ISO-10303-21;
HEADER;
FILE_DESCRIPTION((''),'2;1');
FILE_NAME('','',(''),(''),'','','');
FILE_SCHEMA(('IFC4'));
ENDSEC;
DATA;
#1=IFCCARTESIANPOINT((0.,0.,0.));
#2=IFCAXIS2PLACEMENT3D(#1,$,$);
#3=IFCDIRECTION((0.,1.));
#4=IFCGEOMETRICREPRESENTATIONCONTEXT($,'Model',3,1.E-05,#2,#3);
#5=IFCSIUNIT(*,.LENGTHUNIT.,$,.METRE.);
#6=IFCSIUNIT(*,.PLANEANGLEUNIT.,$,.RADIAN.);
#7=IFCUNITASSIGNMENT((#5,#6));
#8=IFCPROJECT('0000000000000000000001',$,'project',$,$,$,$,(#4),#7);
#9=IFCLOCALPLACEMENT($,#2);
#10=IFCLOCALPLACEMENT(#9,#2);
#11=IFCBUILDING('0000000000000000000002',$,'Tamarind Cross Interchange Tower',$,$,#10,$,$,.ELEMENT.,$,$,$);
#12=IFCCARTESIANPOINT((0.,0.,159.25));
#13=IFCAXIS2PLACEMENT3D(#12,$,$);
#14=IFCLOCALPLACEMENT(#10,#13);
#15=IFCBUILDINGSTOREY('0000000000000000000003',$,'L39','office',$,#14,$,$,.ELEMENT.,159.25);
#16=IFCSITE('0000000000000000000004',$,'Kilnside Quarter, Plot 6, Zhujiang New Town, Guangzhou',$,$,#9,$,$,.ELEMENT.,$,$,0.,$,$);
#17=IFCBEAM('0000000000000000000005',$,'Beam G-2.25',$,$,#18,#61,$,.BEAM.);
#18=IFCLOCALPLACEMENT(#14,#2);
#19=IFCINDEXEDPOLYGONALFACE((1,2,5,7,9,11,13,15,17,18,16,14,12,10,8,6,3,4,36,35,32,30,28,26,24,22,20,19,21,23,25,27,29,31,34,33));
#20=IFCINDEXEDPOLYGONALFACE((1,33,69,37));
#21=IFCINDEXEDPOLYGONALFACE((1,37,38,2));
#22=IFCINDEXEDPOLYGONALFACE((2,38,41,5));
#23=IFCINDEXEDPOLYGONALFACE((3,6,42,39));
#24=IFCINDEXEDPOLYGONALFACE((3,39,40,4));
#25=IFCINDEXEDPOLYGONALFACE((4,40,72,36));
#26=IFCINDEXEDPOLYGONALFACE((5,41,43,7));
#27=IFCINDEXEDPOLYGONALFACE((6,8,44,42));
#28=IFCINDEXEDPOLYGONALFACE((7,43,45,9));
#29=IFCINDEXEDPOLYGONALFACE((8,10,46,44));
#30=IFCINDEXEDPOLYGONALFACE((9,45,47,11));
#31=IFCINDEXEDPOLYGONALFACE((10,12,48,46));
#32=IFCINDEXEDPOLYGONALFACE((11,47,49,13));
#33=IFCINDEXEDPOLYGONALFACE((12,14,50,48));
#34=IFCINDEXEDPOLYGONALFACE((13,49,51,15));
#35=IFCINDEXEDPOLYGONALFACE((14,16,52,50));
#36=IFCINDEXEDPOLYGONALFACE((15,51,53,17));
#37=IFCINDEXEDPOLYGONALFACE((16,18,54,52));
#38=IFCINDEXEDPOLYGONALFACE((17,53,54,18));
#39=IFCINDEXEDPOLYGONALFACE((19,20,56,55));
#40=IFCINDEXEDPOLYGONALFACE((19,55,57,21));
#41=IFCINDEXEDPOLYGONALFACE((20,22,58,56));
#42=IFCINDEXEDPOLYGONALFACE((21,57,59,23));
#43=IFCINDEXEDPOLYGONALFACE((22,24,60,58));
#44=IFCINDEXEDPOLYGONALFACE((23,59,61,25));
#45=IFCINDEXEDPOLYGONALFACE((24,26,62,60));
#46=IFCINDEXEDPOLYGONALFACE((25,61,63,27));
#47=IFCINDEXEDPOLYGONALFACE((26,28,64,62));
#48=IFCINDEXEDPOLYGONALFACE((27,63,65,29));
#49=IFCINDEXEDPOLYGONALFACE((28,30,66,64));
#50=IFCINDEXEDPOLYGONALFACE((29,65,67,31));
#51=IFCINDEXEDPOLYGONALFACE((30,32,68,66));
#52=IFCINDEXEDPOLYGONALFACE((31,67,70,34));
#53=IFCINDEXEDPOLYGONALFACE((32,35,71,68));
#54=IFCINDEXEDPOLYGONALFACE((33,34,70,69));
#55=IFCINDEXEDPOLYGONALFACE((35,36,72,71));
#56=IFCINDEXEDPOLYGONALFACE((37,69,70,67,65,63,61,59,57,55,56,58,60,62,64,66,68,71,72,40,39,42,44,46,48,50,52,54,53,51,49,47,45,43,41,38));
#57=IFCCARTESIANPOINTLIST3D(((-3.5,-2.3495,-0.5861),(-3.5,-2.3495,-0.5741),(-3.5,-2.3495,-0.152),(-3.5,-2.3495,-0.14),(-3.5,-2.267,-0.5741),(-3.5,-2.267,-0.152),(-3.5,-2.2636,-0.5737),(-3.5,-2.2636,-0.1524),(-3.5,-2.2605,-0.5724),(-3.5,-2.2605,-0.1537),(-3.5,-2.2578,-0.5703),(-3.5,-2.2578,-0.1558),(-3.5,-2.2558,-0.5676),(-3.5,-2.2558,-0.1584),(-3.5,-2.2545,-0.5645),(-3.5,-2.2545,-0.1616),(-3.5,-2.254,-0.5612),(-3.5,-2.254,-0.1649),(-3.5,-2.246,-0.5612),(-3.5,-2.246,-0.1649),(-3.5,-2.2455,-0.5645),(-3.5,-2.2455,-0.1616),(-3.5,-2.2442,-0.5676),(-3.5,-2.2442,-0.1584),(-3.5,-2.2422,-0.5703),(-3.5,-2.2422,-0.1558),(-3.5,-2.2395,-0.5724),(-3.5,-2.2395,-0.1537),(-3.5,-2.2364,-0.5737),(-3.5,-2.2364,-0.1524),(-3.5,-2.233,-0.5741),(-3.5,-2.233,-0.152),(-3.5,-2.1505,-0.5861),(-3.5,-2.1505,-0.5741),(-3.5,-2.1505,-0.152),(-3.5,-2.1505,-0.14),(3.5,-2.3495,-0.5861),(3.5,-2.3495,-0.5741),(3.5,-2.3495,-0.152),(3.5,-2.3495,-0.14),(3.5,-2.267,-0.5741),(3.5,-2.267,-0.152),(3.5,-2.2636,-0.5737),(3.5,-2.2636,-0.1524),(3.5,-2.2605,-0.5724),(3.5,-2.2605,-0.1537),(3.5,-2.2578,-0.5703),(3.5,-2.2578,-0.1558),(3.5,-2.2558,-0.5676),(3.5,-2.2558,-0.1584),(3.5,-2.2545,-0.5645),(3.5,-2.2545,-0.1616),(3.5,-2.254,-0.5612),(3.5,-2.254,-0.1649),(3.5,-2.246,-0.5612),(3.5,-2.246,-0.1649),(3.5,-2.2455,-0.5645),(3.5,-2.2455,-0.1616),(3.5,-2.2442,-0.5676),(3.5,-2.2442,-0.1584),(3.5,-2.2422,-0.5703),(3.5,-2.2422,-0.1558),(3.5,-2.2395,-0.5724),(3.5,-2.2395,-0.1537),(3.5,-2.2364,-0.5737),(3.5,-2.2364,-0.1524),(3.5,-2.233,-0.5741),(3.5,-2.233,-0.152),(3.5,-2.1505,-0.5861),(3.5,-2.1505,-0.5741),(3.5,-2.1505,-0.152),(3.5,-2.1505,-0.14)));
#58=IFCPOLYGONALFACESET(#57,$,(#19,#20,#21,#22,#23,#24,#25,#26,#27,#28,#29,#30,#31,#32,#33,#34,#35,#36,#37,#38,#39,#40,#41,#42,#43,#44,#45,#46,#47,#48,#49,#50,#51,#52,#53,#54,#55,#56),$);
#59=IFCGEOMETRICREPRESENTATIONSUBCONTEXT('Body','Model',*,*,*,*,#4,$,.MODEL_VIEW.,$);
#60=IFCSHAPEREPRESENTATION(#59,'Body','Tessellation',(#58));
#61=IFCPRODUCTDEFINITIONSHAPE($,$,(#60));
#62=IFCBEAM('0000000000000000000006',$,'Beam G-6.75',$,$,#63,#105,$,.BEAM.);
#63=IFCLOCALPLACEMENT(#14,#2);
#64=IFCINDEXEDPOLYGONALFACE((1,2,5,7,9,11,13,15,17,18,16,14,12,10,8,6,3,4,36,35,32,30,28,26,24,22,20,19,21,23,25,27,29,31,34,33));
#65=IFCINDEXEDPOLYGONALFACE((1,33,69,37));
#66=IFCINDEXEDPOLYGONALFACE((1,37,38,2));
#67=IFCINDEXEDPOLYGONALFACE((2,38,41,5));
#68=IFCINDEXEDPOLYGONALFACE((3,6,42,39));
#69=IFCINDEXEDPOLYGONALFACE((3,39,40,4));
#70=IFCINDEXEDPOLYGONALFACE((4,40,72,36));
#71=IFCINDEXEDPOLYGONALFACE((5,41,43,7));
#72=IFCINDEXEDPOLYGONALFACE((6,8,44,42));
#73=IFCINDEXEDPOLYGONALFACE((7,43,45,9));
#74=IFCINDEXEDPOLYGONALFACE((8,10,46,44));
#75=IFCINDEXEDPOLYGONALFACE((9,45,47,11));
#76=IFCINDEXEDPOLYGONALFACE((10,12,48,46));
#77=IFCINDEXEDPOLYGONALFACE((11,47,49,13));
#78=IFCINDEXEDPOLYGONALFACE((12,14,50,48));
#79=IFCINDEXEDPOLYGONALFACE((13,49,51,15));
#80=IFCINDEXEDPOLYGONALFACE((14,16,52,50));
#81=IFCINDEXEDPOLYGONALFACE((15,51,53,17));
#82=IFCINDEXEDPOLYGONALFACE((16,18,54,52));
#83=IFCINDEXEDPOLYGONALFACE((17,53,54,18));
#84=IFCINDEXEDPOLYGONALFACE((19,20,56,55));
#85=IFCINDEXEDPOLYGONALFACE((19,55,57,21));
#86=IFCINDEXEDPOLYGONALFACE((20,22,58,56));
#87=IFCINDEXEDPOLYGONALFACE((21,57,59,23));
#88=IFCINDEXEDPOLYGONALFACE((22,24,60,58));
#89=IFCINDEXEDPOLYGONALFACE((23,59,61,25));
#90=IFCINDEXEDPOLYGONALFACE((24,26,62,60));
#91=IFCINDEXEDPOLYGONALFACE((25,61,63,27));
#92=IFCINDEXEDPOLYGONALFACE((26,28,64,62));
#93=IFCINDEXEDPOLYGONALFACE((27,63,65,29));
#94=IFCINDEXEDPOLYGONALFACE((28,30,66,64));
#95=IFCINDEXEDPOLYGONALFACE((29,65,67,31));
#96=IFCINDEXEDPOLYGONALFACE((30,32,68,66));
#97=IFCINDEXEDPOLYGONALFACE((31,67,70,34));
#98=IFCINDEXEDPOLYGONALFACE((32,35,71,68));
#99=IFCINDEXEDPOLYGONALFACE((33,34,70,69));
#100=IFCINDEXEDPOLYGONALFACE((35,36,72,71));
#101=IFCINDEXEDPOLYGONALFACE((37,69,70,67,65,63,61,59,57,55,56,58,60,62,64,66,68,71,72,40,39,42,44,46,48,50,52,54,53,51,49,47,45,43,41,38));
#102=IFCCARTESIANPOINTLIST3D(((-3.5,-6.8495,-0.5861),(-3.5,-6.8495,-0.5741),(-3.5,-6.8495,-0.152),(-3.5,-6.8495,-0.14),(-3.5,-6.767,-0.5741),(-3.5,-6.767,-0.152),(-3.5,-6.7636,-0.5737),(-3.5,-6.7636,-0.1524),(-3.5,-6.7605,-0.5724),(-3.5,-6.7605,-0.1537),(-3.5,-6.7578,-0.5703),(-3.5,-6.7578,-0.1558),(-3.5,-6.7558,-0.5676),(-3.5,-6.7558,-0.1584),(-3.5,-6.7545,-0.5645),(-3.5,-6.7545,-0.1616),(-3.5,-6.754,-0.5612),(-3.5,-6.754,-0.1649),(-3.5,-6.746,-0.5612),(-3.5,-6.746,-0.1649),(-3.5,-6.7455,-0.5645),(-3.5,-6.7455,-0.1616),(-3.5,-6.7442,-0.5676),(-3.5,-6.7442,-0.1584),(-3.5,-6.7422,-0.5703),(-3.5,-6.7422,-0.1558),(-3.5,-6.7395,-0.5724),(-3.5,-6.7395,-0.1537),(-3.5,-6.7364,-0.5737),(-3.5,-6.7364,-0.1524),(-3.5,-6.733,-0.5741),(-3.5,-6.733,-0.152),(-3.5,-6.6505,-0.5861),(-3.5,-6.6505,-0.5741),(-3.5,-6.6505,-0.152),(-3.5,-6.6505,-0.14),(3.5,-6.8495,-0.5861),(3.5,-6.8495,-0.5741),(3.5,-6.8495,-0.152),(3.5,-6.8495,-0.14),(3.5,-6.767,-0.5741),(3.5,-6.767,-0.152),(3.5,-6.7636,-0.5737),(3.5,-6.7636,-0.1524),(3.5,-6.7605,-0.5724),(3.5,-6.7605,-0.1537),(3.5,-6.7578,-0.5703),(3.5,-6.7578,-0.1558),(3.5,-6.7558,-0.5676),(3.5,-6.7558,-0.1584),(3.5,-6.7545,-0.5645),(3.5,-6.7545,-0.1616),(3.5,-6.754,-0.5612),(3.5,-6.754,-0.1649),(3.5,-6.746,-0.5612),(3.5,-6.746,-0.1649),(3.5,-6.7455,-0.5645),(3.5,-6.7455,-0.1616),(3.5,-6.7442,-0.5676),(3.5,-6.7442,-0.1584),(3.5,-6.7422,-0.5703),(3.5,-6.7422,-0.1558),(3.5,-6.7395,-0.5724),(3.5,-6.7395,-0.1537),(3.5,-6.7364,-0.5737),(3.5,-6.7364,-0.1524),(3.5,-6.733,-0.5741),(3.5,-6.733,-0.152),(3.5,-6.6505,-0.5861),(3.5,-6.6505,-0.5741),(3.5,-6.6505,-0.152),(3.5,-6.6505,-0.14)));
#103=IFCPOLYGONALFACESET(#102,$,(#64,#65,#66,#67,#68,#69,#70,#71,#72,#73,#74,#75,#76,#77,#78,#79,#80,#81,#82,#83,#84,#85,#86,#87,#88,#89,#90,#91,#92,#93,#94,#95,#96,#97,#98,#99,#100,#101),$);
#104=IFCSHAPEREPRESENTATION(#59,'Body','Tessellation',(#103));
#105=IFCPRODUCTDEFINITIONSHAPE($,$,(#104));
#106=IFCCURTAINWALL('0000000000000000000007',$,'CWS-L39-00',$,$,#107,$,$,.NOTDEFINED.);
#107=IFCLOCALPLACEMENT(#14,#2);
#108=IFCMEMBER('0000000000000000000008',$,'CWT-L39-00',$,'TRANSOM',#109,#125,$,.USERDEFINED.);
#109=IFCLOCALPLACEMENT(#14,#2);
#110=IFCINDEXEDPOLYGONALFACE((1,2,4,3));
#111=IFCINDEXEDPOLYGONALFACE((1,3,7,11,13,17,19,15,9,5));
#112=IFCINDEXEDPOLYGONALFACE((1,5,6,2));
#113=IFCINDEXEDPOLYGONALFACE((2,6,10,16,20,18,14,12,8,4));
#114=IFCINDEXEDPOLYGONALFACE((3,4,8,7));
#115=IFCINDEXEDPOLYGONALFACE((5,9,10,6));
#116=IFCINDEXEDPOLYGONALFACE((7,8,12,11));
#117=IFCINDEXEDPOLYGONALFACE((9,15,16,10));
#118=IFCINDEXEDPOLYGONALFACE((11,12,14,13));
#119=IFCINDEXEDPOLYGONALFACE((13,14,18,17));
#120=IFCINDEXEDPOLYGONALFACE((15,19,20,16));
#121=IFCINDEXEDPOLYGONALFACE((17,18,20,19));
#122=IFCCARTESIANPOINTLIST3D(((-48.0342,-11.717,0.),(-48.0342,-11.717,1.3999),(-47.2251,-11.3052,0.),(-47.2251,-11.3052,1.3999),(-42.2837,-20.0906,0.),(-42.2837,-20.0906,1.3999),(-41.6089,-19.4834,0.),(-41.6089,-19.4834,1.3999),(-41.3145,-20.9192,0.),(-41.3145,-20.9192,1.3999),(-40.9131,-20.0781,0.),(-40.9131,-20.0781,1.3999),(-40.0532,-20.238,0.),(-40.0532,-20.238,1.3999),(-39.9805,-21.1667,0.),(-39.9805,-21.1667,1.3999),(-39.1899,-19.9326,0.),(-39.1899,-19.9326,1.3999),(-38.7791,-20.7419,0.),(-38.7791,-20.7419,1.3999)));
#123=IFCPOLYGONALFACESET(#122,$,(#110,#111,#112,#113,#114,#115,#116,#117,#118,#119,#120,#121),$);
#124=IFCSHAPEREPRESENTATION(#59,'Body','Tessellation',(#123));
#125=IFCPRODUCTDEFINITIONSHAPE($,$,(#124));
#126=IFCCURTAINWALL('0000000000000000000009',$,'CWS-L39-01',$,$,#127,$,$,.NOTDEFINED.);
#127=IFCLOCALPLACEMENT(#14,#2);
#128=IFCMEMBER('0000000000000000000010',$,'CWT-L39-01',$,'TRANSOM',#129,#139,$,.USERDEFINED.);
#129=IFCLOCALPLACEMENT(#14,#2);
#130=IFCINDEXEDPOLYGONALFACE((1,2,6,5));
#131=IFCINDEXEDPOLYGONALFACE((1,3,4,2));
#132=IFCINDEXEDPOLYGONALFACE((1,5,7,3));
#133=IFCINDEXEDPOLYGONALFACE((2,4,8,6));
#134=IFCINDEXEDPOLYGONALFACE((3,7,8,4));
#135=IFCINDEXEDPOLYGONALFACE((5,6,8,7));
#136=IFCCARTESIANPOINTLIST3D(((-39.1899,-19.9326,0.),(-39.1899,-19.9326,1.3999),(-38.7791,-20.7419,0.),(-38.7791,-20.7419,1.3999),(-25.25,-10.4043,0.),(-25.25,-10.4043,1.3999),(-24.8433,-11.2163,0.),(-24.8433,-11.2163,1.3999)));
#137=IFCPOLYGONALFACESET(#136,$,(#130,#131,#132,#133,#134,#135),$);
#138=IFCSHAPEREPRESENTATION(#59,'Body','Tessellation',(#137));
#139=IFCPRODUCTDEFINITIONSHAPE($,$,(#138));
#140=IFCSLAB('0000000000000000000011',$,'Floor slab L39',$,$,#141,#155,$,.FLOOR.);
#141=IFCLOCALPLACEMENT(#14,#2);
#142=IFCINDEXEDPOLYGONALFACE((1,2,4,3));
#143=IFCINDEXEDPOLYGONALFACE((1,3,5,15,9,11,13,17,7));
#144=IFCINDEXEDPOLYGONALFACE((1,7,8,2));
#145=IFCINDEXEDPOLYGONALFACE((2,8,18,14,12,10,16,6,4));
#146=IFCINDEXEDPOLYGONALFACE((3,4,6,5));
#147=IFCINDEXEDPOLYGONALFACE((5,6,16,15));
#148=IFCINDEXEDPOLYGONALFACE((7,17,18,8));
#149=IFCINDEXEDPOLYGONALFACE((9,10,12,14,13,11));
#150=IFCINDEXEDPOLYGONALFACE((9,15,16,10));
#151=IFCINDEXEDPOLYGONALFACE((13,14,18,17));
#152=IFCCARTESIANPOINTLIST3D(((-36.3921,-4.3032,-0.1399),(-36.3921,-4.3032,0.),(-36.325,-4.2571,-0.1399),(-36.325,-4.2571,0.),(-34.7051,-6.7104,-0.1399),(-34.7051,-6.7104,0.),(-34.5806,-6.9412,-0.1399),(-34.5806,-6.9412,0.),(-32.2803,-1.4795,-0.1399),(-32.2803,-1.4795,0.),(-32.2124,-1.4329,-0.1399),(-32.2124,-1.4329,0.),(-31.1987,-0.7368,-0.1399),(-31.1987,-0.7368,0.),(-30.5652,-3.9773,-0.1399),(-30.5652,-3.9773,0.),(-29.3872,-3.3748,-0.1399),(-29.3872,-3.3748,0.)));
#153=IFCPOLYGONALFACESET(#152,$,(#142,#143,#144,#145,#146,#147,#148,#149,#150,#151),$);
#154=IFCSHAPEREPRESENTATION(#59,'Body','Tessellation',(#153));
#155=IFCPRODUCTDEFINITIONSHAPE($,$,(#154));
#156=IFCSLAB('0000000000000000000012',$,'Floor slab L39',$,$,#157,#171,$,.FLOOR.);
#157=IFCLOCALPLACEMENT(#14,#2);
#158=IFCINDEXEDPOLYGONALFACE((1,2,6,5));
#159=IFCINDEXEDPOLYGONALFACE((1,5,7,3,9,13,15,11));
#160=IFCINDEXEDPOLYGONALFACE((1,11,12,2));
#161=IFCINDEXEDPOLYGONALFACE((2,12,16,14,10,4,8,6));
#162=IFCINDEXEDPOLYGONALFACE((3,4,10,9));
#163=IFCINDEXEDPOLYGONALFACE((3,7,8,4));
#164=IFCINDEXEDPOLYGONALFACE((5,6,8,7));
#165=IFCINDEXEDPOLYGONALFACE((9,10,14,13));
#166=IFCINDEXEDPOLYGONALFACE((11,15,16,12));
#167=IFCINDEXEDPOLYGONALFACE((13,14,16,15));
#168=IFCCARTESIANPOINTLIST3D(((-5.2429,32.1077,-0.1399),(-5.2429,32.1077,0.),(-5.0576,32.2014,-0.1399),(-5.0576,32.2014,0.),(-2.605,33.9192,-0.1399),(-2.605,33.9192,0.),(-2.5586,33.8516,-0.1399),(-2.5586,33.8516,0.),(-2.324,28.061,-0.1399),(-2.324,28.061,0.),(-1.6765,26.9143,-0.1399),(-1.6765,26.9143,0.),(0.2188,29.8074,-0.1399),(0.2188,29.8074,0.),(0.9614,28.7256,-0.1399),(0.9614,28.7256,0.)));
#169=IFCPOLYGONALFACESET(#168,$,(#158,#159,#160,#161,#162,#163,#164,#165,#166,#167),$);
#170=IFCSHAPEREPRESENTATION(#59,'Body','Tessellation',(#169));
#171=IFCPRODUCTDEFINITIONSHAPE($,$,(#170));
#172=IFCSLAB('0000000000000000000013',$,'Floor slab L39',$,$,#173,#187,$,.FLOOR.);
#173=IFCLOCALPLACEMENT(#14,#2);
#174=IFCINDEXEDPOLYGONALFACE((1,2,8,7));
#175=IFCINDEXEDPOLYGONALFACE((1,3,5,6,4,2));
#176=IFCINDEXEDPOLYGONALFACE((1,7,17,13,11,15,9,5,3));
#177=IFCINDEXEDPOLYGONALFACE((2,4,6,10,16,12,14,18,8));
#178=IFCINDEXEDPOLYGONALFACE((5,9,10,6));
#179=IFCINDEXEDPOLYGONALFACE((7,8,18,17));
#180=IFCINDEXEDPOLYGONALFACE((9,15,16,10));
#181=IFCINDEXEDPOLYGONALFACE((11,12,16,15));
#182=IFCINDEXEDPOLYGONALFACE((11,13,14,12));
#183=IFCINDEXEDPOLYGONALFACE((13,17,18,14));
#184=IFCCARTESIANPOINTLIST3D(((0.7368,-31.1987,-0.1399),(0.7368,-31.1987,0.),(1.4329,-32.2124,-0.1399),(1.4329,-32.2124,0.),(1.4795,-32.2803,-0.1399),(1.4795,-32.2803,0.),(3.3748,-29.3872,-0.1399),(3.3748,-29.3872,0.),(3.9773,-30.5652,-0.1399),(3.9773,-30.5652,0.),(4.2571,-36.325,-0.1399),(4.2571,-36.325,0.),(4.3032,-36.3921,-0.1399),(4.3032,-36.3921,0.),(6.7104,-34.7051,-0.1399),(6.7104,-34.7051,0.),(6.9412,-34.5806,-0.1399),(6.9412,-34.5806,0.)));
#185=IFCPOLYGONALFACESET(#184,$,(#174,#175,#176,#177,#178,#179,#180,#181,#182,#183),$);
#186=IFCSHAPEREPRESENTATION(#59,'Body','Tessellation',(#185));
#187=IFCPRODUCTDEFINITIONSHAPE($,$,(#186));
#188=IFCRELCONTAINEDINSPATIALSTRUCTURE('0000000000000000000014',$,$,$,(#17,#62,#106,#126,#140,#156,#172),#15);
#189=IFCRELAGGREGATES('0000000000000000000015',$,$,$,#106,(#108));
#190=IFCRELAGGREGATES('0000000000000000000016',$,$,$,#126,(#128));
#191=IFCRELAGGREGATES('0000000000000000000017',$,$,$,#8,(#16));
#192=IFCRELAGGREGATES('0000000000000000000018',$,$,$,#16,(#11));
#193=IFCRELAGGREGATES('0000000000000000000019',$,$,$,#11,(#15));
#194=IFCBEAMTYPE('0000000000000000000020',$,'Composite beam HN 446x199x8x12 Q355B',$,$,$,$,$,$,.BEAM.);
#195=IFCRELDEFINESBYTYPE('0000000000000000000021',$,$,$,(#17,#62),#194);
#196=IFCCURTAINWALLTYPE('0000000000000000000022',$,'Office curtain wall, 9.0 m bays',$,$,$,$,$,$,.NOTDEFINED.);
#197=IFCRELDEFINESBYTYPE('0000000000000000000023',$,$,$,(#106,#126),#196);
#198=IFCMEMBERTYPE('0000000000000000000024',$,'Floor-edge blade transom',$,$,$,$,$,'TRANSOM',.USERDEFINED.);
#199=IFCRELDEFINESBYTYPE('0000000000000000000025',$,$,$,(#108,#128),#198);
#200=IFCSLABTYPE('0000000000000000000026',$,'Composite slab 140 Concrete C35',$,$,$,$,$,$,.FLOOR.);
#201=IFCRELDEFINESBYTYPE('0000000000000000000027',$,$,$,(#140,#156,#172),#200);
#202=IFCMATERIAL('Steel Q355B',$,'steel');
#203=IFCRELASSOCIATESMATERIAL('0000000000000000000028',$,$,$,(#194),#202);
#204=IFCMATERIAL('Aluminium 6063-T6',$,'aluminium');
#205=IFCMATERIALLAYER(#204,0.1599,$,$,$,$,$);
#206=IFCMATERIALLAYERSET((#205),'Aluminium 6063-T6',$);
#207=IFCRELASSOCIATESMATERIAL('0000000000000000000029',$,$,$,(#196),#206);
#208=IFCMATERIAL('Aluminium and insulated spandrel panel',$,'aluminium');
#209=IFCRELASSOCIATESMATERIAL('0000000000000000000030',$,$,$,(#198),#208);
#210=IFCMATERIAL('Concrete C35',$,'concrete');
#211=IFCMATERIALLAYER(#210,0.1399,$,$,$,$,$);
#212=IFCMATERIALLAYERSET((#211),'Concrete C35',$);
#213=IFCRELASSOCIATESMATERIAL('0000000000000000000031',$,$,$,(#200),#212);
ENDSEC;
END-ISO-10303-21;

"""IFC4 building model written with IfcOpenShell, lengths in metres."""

from ifc_helpers import new_model, si_unit, direction, frame, origin, origin_2d, place, context, subcontext, project, spatial, polyline, i_section, outline, extrude, material, layer, layer_set, material_profile, profile_set, type_object, element, aggregate, save


model = new_model("IFC4")

# Units and contexts
model_context = context("Model", 3, precision=1e-05, world=origin(), true_north=direction((0.0, 1.0)))
body_context = subcontext(model_context, "Body", "Model", "MODEL_VIEW")
ifc_project = project(units=[si_unit("LENGTHUNIT", "METRE"), si_unit("PLANEANGLEUNIT", "RADIAN")], contexts=[model_context])

# Site, building, storey
site_placement = place(None, origin())
site = spatial("IfcSite", under=ifc_project, at=site_placement, Name="Kilnside Quarter, Plot 6, Zhujiang New Town, Guangzhou", CompositionType="ELEMENT", RefElevation=0.0)
building_placement = place(site_placement, origin())
building = spatial("IfcBuilding", under=site, at=building_placement, Name="Tamarind Cross Interchange Tower", CompositionType="ELEMENT")
storey_placement = place(building_placement, frame((0.0, 0.0, 159.25)))
storey = spatial("IfcBuildingStorey", under=building, at=storey_placement, Name="L39", Description="office", CompositionType="ELEMENT", Elevation=159.25)

# Beams
ifc_material_1 = material(Name="Steel Q355B", Category="steel")
ifc_material_profile = material_profile(ifc_material_1, i_section(OverallWidth=0.199, OverallDepth=0.446, WebThickness=0.0081, FlangeThickness=0.012, FilletRadius=0.0129, at=origin_2d()), Name="HN 446x199x8x12")
ifc_profile_set = profile_set([ifc_material_profile], Name="Steel Q355B")
beam_type = type_object("IfcBeamType", Name="Composite beam HN 446x199x8x12 Q355B", PredefinedType="BEAM", material=ifc_profile_set)
for number, where, z_axis, x_axis, name in (
    (1, (-3.5, -2.25, -0.363), (1.0, 0.0, 0.0), (0.0, 1.0, 0.0), "Beam G-2.25"),
    (2, (-3.5, -6.75, -0.363), (1.0, 0.0, 0.0), (0.0, 1.0, 0.0), "Beam G-6.75"),
):
    element("IfcBeam", number, at=place(storey_placement, frame(where, z_axis=z_axis, x_axis=x_axis)), inside=storey, type_object=beam_type, Name=name, PredefinedType="BEAM", context=body_context, shape_type="SweptSolid", body=[
        extrude(i_section(OverallWidth=0.199, OverallDepth=0.446, WebThickness=0.0081, FlangeThickness=0.012, FilletRadius=0.0129, at=origin_2d()), origin(), (0.0, 0.0, 1.0), 7.0),
    ])

# Curtain walls, members
ifc_material_2 = material(Name="Aluminium 6063-T6", Category="aluminium")
ifc_layer_1 = layer(ifc_material_2, 0.1599)
ifc_layer_set_1 = layer_set([ifc_layer_1], Name="Aluminium 6063-T6")
curtain_wall_type = type_object("IfcCurtainWallType", Name="Office curtain wall, 9.0 m bays", PredefinedType="NOTDEFINED", material=ifc_layer_set_1)
curtain_wall_1_placement = place(storey_placement, origin())
curtain_wall_1 = element("IfcCurtainWall", 3, at=curtain_wall_1_placement, inside=storey, type_object=curtain_wall_type, Name="CWS-L39-00", PredefinedType="NOTDEFINED")
ifc_material_3 = material(Name="Aluminium and insulated spandrel panel", Category="aluminium")
member_type = type_object("IfcMemberType", Name="Floor-edge blade transom", ElementType="TRANSOM", PredefinedType="USERDEFINED", material=ifc_material_3)
member_1_placement = place(storey_placement, origin())
member_1 = element("IfcMember", 4, at=member_1_placement, type_object=member_type, Name="CWT-L39-00", ObjectType="TRANSOM", PredefinedType="USERDEFINED", context=body_context, shape_type="SweptSolid", body=[
    extrude(outline(polyline([(-47.2251, -11.3052), (-41.6089, -19.4834), (-40.9131, -20.0781), (-40.0532, -20.238), (-39.1899, -19.9326), (-38.7791, -20.7419), (-39.9805, -21.1667), (-41.3145, -20.9192), (-42.2837, -20.0906), (-48.0342, -11.717), (-47.2251, -11.3052)])), origin(), (0.0, 0.0, 1.0), 1.3999),
])
curtain_wall_2_placement = place(storey_placement, origin())
curtain_wall_2 = element("IfcCurtainWall", 5, at=curtain_wall_2_placement, inside=storey, type_object=curtain_wall_type, Name="CWS-L39-01", PredefinedType="NOTDEFINED")
member_2_placement = place(storey_placement, origin())
member_2 = element("IfcMember", 6, at=member_2_placement, type_object=member_type, Name="CWT-L39-01", ObjectType="TRANSOM", PredefinedType="USERDEFINED", context=body_context, shape_type="SweptSolid", body=[
    extrude(outline(polyline([(-39.1899, -19.9326), (-25.25, -10.4043), (-24.8433, -11.2163), (-38.7791, -20.7419), (-39.1899, -19.9326)])), origin(), (0.0, 0.0, 1.0), 1.3999),
])

# Slabs
ifc_material_4 = material(Name="Concrete C35", Category="concrete")
ifc_layer_2 = layer(ifc_material_4, 0.1399)
ifc_layer_set_2 = layer_set([ifc_layer_2], Name="Concrete C35")
slab_type = type_object("IfcSlabType", Name="Composite slab 140 Concrete C35", PredefinedType="FLOOR", material=ifc_layer_set_2)
slab_1_placement = place(storey_placement, frame((0.0, 0.0, -0.1399)))
element("IfcSlab", 7, at=slab_1_placement, inside=storey, type_object=slab_type, Name="Floor slab L39", PredefinedType="FLOOR", context=body_context, shape_type="SweptSolid", body=[
    extrude(outline(polyline([(-36.3921, -4.3032), (-34.5806, -6.9412), (-29.3872, -3.3748), (-31.1987, -0.7368), (-32.2124, -1.4329), (-32.2803, -1.4795), (-30.5652, -3.9773), (-34.7051, -6.7104), (-36.325, -4.2571), (-36.3921, -4.3032)])), origin(), (0.0, 0.0, 1.0), 0.1399),
])
slab_2_placement = place(storey_placement, frame((0.0, 0.0, -0.1399)))
element("IfcSlab", 8, at=slab_2_placement, inside=storey, type_object=slab_type, Name="Floor slab L39", PredefinedType="FLOOR", context=body_context, shape_type="SweptSolid", body=[
    extrude(outline(polyline([(-5.0576, 32.2014), (-2.5586, 33.8516), (-2.605, 33.9192), (-5.2429, 32.1077), (-1.6765, 26.9143), (0.9614, 28.7256), (0.2188, 29.8074), (-2.324, 28.061), (-5.0576, 32.2014)])), origin(), (0.0, 0.0, 1.0), 0.1399),
])
slab_3_placement = place(storey_placement, frame((0.0, 0.0, -0.1399)))
element("IfcSlab", 9, at=slab_3_placement, inside=storey, type_object=slab_type, Name="Floor slab L39", PredefinedType="FLOOR", context=body_context, shape_type="SweptSolid", body=[
    extrude(outline(polyline([(3.3748, -29.3872), (0.7368, -31.1987), (1.4329, -32.2124), (1.4795, -32.2803), (3.9773, -30.5652), (6.7104, -34.7051), (4.2571, -36.325), (4.3032, -36.3921), (6.9412, -34.5806), (3.3748, -29.3872)])), origin(), (0.0, 0.0, 1.0), 0.1399),
])

aggregate(curtain_wall_1, [member_1])
aggregate(curtain_wall_2, [member_2])

save(model, "model.ifc")
